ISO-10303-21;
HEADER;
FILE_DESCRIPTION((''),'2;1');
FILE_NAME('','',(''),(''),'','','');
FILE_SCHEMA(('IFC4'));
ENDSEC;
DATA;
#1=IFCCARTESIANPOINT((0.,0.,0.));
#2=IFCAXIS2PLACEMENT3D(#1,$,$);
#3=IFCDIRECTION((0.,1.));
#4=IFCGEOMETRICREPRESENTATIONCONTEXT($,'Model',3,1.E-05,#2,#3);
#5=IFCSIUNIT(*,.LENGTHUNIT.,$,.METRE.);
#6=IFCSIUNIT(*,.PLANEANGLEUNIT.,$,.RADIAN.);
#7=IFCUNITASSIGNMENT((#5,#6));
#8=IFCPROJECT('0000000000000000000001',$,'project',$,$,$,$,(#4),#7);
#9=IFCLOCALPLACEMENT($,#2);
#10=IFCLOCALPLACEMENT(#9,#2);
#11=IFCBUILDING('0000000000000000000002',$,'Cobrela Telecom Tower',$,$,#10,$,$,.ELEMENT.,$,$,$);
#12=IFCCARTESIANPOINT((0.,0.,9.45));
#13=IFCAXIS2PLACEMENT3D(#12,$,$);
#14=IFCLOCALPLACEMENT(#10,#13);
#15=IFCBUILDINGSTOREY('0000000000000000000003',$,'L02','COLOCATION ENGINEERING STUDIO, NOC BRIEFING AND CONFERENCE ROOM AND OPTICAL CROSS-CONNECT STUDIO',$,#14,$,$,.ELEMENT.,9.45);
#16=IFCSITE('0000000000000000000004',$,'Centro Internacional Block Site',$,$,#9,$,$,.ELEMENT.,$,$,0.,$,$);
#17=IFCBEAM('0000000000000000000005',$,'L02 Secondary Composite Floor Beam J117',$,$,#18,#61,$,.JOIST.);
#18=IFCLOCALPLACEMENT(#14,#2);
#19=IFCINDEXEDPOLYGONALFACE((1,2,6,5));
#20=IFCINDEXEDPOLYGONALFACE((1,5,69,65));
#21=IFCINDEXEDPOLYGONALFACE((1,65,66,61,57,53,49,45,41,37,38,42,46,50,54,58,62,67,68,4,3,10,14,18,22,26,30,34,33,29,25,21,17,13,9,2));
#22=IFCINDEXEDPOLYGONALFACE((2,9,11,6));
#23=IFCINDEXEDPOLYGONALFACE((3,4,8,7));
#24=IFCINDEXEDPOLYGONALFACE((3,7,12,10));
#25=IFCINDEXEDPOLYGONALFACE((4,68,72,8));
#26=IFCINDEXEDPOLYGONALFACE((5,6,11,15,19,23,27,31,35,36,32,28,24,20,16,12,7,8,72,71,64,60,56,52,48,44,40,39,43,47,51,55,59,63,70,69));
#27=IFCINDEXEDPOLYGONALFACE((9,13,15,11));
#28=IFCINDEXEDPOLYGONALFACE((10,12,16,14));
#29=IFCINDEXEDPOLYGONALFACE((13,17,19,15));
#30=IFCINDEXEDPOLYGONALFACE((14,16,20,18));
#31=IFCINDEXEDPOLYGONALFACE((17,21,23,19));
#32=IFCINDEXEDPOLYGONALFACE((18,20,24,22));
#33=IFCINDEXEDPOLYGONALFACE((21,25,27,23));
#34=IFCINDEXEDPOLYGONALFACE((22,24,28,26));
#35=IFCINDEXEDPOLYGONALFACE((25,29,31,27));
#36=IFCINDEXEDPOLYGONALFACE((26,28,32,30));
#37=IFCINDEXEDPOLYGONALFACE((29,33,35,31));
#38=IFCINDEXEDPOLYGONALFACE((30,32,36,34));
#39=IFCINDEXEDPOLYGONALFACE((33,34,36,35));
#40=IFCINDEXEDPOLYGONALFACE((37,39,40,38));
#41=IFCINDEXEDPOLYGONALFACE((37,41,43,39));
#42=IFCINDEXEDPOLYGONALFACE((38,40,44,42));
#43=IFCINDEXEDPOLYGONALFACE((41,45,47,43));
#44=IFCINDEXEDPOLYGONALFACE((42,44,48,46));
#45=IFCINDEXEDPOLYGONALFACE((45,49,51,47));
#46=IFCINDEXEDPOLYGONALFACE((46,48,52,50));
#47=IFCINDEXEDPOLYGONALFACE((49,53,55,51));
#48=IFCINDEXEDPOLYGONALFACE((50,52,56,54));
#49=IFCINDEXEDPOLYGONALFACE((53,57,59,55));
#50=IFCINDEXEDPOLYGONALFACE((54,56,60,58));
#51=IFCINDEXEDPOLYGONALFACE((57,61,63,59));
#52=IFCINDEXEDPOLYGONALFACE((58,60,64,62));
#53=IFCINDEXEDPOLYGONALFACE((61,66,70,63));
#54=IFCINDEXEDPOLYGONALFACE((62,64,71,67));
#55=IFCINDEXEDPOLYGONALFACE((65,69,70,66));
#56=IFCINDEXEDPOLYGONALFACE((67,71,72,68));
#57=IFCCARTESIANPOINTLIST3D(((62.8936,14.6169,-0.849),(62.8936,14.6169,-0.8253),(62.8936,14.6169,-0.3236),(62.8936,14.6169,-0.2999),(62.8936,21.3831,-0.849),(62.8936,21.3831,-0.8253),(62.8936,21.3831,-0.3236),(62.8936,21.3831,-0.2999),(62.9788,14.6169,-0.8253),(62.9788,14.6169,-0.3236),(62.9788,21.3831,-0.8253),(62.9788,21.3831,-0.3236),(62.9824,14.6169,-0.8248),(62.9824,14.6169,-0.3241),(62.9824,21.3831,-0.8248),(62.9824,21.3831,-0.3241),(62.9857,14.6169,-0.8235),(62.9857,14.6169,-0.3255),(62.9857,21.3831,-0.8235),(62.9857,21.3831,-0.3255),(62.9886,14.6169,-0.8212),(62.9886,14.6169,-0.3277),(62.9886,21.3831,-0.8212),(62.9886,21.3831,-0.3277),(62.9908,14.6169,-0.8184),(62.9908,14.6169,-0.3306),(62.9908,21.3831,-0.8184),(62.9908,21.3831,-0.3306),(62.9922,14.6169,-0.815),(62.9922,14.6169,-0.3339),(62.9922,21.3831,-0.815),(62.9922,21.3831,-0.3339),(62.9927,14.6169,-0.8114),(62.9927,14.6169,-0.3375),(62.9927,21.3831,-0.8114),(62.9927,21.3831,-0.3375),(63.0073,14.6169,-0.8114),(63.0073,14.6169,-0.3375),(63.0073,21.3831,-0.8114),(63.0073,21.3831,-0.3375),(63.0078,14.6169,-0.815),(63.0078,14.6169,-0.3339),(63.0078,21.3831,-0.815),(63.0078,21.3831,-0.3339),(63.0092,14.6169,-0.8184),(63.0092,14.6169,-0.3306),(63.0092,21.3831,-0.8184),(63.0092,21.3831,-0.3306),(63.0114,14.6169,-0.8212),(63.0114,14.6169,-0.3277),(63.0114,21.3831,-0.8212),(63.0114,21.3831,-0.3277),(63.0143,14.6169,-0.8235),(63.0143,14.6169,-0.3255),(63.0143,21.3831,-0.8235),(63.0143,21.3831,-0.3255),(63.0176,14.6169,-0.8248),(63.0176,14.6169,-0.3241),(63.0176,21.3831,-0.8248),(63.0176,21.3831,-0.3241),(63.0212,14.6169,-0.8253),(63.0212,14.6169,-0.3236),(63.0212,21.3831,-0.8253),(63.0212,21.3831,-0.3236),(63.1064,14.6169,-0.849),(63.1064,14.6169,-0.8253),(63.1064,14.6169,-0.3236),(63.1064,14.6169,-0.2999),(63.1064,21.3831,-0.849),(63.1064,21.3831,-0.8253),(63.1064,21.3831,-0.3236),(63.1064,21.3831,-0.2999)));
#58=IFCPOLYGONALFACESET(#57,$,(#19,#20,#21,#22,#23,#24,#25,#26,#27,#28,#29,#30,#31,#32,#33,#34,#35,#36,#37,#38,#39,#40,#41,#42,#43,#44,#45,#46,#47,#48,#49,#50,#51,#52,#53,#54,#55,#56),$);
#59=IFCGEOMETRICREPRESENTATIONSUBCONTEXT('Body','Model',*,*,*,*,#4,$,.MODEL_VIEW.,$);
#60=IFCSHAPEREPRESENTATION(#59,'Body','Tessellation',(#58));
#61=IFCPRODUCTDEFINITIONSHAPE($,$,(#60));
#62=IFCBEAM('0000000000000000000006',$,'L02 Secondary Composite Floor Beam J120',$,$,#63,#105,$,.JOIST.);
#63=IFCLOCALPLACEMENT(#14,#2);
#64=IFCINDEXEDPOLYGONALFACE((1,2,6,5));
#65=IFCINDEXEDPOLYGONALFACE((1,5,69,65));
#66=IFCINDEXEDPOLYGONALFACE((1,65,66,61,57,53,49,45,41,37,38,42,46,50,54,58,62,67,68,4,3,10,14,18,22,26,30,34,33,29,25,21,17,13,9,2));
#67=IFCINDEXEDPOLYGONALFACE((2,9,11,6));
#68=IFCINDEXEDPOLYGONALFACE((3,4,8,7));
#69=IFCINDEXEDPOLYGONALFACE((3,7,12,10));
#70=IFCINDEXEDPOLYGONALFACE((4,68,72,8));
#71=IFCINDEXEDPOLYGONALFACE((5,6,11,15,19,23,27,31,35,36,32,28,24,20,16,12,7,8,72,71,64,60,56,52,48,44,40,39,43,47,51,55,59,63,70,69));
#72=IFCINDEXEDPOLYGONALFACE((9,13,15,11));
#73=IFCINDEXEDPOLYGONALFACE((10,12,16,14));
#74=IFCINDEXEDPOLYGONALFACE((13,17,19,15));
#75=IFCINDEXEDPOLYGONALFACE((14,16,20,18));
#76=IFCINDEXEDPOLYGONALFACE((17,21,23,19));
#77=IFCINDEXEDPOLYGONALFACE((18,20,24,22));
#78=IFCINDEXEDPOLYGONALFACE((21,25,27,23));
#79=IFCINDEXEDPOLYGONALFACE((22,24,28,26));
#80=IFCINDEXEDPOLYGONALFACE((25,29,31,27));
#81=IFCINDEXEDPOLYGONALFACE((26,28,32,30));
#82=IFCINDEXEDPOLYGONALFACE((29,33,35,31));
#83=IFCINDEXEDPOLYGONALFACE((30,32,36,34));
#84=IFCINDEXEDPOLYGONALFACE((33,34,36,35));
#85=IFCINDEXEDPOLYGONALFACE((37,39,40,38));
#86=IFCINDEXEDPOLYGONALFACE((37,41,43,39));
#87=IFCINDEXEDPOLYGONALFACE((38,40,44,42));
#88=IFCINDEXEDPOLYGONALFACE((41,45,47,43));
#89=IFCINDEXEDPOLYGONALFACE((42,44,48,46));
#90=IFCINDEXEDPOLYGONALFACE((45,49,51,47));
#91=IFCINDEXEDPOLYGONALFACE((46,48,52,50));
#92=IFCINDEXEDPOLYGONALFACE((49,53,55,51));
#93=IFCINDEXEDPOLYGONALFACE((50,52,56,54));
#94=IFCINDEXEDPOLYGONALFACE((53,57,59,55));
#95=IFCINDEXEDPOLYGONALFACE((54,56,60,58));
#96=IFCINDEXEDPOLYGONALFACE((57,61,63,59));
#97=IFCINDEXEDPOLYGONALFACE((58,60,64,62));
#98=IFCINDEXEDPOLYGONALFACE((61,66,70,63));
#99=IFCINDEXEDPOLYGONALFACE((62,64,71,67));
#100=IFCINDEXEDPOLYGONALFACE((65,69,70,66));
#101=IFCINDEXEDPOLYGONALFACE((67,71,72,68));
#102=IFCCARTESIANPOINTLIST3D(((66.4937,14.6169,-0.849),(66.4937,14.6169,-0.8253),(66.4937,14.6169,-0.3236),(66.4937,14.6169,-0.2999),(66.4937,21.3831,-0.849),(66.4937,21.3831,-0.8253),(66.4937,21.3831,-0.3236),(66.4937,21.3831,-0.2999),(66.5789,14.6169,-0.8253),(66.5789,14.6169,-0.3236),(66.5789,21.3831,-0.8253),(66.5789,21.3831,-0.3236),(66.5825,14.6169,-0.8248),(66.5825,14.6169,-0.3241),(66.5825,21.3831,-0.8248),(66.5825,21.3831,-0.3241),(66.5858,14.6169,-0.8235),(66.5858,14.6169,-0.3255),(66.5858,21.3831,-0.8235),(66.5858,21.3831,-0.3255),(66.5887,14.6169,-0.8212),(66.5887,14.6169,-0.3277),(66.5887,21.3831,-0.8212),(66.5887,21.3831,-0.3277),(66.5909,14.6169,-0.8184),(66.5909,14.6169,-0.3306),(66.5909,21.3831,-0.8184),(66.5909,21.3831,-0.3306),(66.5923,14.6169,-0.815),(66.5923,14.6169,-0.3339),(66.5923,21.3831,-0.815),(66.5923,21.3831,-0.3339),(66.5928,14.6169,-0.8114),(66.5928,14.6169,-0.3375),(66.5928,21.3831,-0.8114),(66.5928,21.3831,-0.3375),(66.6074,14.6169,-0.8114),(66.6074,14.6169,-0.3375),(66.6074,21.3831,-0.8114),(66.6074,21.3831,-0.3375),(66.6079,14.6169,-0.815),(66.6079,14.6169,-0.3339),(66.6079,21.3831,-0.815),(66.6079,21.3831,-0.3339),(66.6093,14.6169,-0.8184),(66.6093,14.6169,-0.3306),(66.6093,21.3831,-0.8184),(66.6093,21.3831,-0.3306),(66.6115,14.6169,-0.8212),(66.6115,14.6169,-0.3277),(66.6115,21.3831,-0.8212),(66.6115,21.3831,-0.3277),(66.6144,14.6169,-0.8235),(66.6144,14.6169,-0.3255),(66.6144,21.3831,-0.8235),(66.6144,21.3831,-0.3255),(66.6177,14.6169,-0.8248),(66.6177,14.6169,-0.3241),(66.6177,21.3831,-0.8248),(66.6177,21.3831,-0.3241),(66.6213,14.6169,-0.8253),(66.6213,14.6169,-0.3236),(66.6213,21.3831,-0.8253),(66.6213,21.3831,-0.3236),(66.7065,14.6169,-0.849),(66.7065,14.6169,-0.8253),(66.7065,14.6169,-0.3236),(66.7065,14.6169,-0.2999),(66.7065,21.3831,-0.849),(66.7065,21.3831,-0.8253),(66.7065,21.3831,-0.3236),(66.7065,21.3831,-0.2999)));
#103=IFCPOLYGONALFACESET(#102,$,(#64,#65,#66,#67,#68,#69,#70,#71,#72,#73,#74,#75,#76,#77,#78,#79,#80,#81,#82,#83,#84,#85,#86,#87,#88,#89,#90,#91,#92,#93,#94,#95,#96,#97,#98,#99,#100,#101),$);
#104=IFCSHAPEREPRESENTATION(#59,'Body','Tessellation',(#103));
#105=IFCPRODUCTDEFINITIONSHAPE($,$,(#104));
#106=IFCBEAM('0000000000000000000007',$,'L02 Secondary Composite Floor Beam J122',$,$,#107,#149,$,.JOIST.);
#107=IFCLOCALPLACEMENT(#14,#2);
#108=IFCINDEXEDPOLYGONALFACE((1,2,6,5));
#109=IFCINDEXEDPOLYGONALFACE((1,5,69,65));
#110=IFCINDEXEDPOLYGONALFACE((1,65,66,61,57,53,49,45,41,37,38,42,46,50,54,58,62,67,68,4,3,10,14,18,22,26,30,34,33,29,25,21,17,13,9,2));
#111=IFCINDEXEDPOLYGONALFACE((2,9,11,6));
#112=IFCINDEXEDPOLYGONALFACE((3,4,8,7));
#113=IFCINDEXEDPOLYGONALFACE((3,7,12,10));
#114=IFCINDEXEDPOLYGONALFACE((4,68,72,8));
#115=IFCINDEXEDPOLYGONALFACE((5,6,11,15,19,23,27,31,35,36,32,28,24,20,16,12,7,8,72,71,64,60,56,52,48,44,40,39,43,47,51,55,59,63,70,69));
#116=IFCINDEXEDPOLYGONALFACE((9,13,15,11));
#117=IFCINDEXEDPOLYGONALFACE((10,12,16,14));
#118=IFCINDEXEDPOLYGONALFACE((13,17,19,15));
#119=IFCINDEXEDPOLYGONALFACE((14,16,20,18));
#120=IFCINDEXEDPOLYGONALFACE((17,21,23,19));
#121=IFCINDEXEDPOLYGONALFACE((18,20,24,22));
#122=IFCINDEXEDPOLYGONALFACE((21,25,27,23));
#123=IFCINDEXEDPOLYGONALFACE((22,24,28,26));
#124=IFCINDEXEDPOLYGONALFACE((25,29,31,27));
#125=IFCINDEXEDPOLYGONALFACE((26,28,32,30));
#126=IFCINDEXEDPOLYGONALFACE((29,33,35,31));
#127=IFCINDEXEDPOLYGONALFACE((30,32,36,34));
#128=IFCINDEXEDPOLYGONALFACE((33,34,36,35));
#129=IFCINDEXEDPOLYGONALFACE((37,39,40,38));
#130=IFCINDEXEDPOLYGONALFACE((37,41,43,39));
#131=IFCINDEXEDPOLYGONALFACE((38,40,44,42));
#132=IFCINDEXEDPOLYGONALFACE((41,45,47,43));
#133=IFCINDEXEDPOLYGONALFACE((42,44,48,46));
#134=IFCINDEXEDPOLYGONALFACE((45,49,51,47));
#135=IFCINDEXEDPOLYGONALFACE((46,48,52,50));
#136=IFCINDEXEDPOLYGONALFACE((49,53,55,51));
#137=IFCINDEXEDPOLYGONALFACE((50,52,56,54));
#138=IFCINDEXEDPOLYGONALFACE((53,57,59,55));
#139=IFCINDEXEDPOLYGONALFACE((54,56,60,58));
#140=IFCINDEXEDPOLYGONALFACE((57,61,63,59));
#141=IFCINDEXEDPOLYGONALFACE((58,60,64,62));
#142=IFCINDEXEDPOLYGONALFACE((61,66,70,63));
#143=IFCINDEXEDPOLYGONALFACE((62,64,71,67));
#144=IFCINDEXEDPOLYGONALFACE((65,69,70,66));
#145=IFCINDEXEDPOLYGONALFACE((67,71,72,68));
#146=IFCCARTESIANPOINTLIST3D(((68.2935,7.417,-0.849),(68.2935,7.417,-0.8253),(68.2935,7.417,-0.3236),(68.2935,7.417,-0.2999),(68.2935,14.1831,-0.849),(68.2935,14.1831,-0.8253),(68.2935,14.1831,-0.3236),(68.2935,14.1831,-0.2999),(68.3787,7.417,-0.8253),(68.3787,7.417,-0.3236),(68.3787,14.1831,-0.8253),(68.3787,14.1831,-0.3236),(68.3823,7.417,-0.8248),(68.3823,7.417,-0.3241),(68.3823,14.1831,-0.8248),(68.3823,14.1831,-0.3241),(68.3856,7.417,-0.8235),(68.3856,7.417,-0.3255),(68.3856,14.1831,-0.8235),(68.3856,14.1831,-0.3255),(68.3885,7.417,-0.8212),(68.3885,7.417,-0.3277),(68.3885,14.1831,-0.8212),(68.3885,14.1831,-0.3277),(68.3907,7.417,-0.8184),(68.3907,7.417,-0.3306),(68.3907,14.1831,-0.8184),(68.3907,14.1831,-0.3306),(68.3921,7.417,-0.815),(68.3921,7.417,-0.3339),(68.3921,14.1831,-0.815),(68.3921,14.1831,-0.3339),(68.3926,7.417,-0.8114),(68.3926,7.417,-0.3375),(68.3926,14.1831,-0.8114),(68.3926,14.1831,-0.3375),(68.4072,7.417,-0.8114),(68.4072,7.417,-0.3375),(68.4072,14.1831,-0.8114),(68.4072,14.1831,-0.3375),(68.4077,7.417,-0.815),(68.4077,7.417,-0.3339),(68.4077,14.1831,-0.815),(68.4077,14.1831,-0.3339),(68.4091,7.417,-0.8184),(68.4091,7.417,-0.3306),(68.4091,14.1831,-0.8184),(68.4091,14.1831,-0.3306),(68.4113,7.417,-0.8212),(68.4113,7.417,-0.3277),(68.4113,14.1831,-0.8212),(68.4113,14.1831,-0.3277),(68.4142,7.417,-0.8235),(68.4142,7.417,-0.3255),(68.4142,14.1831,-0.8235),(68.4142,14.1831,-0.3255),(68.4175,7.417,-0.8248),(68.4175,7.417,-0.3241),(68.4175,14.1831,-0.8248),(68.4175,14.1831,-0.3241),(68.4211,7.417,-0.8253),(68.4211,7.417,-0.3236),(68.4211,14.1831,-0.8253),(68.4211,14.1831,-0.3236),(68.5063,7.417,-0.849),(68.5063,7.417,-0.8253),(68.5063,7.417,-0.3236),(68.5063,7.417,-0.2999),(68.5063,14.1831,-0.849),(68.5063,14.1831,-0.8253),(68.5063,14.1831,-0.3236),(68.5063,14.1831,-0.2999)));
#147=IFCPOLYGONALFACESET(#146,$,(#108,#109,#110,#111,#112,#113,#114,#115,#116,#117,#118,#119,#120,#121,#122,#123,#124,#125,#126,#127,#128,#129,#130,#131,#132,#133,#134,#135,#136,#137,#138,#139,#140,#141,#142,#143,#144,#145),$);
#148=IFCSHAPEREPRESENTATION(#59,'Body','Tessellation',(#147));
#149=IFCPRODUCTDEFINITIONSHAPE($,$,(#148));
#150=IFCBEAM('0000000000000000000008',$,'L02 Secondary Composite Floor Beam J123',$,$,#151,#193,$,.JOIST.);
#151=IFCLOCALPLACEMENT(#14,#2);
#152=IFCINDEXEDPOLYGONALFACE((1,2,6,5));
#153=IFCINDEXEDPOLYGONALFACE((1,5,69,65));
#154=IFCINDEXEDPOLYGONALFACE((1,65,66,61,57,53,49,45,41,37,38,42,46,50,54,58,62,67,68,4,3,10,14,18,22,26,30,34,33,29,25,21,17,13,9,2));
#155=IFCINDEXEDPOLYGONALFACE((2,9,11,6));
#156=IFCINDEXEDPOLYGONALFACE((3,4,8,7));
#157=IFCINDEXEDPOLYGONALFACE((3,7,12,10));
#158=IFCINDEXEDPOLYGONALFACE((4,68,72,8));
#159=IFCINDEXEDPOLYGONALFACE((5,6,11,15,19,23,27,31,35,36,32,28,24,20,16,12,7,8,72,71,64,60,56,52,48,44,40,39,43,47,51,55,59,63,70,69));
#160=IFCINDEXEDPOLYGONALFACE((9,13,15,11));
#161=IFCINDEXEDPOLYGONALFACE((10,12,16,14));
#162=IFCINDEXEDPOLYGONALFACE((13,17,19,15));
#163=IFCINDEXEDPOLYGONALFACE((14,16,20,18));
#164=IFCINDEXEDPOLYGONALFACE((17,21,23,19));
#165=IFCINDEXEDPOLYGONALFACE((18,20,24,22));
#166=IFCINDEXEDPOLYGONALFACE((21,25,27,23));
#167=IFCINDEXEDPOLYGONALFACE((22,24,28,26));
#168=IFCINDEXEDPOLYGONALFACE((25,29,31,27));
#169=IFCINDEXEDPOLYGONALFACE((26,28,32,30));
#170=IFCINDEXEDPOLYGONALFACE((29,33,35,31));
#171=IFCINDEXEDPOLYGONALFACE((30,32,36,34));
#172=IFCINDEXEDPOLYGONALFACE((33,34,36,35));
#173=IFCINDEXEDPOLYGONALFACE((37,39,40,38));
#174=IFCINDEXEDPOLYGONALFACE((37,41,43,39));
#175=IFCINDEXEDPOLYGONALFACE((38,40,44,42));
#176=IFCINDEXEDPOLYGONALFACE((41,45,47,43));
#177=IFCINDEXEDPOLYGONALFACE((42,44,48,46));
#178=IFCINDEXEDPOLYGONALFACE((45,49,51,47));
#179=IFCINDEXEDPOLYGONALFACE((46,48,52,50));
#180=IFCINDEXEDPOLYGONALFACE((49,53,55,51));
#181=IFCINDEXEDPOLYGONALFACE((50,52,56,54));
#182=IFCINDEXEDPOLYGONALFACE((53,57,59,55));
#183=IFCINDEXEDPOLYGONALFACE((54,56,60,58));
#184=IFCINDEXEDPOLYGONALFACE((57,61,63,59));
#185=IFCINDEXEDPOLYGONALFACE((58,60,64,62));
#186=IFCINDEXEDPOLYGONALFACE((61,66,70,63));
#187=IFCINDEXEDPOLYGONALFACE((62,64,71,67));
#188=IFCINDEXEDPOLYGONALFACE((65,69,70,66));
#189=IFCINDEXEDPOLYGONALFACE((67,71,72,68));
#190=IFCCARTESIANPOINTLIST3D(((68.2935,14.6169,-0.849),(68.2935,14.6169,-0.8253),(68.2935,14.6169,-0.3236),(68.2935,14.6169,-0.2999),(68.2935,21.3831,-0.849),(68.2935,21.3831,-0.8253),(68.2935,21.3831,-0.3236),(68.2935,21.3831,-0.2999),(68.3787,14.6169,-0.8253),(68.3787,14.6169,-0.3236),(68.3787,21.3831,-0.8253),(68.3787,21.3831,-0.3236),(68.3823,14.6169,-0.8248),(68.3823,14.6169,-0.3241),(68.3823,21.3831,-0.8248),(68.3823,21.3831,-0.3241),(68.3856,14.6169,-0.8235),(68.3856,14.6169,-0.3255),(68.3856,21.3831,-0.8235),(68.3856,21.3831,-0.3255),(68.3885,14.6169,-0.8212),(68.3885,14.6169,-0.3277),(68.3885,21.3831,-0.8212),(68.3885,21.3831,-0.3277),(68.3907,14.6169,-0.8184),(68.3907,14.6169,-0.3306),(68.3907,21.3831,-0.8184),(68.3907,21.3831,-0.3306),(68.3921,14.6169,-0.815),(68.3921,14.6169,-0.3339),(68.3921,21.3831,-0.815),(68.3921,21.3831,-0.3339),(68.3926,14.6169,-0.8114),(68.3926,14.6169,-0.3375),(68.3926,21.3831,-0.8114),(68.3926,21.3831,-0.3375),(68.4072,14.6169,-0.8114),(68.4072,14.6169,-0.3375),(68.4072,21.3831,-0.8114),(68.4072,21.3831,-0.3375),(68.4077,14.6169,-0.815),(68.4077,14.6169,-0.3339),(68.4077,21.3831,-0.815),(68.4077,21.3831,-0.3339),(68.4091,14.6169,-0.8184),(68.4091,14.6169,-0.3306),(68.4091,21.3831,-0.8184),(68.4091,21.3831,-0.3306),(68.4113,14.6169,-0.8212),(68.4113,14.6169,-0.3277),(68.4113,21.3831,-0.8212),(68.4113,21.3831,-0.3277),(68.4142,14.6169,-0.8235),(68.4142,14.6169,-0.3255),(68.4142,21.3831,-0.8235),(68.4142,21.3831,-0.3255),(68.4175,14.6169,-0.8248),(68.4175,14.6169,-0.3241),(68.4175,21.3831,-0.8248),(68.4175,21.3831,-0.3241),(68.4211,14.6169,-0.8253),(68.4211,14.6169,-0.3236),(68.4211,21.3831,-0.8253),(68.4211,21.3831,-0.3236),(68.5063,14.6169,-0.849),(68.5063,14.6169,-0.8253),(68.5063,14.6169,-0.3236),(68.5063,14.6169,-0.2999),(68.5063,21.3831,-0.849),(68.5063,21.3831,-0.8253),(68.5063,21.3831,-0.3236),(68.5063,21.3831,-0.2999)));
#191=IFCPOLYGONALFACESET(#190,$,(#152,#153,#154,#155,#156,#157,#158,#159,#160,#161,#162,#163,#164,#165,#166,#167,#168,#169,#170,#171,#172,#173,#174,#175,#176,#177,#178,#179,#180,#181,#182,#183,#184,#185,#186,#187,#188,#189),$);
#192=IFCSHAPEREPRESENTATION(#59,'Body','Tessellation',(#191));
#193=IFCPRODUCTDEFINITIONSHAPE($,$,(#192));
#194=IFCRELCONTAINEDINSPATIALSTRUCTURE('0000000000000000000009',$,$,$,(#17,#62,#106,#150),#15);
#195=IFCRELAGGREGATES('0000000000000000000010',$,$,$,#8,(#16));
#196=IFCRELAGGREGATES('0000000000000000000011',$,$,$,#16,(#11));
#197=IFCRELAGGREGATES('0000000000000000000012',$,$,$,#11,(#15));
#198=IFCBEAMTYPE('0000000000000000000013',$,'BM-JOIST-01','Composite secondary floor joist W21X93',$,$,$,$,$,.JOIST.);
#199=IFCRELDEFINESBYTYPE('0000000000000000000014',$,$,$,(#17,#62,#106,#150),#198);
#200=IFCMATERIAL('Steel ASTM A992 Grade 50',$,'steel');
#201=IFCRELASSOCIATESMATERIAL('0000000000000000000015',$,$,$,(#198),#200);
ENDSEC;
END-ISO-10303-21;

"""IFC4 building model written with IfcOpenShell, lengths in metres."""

from ifc_helpers import new_model, si_unit, direction, frame, origin, origin_2d, place, context, subcontext, project, spatial, i_section, extrude, material, material_profile, profile_set, type_object, element, save


model = new_model("IFC4")

# Units and contexts
model_context = context("Model", 3, precision=1e-05, world=origin(), true_north=direction((0.0, 1.0)))
body_context = subcontext(model_context, "Body", "Model", "MODEL_VIEW")
ifc_project = project(units=[si_unit("LENGTHUNIT", "METRE"), si_unit("PLANEANGLEUNIT", "RADIAN")], contexts=[model_context])

# Site, building, storey
site_placement = place(None, origin())
site = spatial("IfcSite", under=ifc_project, at=site_placement, Name="Centro Internacional Block Site", CompositionType="ELEMENT", RefElevation=0.0)
building_placement = place(site_placement, origin())
building = spatial("IfcBuilding", under=site, at=building_placement, Name="Cobrela Telecom Tower", CompositionType="ELEMENT")
storey_placement = place(building_placement, frame((0.0, 0.0, 9.45)))
storey = spatial("IfcBuildingStorey", under=building, at=storey_placement, Name="L02", Description="COLOCATION ENGINEERING STUDIO, NOC BRIEFING AND CONFERENCE ROOM AND OPTICAL CROSS-CONNECT STUDIO", CompositionType="ELEMENT", Elevation=9.45)

# Beams
ifc_material_1 = material(Name="Steel ASTM A992 Grade 50", Category="steel")
ifc_material_profile_1 = material_profile(ifc_material_1, i_section(OverallWidth=0.2129, OverallDepth=0.5491, WebThickness=0.0146, FlangeThickness=0.0237, FilletRadius=0.0139, at=origin_2d()), Name="W21X93")
ifc_profile_set_1 = profile_set([ifc_material_profile_1], Name="Steel ASTM A992 Grade 50")
beam_type_1 = type_object("IfcBeamType", Name="BM-JOIST-01", Description="Composite secondary floor joist W21X93", PredefinedType="JOIST", material=ifc_profile_set_1)
for number, where, z_axis, x_axis, name in (
    (1, (63.0, 14.6169, -0.5745), (0.0, 1.0, 0.0), (-1.0, 0.0, 0.0), "L02 Secondary Composite Floor Beam J117"),
    (2, (66.6001, 14.6169, -0.5745), (0.0, 1.0, 0.0), (-1.0, 0.0, 0.0), "L02 Secondary Composite Floor Beam J120"),
    (3, (68.3999, 7.417, -0.5745), (0.0, 1.0, 0.0), (-1.0, 0.0, 0.0), "L02 Secondary Composite Floor Beam J122"),
    (4, (68.3999, 14.6169, -0.5745), (0.0, 1.0, 0.0), (-1.0, 0.0, 0.0), "L02 Secondary Composite Floor Beam J123"),
):
    element("IfcBeam", number, at=place(storey_placement, frame(where, z_axis=z_axis, x_axis=x_axis)), inside=storey, type_object=beam_type_1, Name=name, PredefinedType="JOIST", context=body_context, shape_type="SweptSolid", body=[
        extrude(i_section(OverallWidth=0.2129, OverallDepth=0.5491, WebThickness=0.0146, FlangeThickness=0.0237, FilletRadius=0.0139, at=origin_2d()), origin(), (0.0, 0.0, 1.0), 6.7661),
    ])

save(model, "model.ifc")
